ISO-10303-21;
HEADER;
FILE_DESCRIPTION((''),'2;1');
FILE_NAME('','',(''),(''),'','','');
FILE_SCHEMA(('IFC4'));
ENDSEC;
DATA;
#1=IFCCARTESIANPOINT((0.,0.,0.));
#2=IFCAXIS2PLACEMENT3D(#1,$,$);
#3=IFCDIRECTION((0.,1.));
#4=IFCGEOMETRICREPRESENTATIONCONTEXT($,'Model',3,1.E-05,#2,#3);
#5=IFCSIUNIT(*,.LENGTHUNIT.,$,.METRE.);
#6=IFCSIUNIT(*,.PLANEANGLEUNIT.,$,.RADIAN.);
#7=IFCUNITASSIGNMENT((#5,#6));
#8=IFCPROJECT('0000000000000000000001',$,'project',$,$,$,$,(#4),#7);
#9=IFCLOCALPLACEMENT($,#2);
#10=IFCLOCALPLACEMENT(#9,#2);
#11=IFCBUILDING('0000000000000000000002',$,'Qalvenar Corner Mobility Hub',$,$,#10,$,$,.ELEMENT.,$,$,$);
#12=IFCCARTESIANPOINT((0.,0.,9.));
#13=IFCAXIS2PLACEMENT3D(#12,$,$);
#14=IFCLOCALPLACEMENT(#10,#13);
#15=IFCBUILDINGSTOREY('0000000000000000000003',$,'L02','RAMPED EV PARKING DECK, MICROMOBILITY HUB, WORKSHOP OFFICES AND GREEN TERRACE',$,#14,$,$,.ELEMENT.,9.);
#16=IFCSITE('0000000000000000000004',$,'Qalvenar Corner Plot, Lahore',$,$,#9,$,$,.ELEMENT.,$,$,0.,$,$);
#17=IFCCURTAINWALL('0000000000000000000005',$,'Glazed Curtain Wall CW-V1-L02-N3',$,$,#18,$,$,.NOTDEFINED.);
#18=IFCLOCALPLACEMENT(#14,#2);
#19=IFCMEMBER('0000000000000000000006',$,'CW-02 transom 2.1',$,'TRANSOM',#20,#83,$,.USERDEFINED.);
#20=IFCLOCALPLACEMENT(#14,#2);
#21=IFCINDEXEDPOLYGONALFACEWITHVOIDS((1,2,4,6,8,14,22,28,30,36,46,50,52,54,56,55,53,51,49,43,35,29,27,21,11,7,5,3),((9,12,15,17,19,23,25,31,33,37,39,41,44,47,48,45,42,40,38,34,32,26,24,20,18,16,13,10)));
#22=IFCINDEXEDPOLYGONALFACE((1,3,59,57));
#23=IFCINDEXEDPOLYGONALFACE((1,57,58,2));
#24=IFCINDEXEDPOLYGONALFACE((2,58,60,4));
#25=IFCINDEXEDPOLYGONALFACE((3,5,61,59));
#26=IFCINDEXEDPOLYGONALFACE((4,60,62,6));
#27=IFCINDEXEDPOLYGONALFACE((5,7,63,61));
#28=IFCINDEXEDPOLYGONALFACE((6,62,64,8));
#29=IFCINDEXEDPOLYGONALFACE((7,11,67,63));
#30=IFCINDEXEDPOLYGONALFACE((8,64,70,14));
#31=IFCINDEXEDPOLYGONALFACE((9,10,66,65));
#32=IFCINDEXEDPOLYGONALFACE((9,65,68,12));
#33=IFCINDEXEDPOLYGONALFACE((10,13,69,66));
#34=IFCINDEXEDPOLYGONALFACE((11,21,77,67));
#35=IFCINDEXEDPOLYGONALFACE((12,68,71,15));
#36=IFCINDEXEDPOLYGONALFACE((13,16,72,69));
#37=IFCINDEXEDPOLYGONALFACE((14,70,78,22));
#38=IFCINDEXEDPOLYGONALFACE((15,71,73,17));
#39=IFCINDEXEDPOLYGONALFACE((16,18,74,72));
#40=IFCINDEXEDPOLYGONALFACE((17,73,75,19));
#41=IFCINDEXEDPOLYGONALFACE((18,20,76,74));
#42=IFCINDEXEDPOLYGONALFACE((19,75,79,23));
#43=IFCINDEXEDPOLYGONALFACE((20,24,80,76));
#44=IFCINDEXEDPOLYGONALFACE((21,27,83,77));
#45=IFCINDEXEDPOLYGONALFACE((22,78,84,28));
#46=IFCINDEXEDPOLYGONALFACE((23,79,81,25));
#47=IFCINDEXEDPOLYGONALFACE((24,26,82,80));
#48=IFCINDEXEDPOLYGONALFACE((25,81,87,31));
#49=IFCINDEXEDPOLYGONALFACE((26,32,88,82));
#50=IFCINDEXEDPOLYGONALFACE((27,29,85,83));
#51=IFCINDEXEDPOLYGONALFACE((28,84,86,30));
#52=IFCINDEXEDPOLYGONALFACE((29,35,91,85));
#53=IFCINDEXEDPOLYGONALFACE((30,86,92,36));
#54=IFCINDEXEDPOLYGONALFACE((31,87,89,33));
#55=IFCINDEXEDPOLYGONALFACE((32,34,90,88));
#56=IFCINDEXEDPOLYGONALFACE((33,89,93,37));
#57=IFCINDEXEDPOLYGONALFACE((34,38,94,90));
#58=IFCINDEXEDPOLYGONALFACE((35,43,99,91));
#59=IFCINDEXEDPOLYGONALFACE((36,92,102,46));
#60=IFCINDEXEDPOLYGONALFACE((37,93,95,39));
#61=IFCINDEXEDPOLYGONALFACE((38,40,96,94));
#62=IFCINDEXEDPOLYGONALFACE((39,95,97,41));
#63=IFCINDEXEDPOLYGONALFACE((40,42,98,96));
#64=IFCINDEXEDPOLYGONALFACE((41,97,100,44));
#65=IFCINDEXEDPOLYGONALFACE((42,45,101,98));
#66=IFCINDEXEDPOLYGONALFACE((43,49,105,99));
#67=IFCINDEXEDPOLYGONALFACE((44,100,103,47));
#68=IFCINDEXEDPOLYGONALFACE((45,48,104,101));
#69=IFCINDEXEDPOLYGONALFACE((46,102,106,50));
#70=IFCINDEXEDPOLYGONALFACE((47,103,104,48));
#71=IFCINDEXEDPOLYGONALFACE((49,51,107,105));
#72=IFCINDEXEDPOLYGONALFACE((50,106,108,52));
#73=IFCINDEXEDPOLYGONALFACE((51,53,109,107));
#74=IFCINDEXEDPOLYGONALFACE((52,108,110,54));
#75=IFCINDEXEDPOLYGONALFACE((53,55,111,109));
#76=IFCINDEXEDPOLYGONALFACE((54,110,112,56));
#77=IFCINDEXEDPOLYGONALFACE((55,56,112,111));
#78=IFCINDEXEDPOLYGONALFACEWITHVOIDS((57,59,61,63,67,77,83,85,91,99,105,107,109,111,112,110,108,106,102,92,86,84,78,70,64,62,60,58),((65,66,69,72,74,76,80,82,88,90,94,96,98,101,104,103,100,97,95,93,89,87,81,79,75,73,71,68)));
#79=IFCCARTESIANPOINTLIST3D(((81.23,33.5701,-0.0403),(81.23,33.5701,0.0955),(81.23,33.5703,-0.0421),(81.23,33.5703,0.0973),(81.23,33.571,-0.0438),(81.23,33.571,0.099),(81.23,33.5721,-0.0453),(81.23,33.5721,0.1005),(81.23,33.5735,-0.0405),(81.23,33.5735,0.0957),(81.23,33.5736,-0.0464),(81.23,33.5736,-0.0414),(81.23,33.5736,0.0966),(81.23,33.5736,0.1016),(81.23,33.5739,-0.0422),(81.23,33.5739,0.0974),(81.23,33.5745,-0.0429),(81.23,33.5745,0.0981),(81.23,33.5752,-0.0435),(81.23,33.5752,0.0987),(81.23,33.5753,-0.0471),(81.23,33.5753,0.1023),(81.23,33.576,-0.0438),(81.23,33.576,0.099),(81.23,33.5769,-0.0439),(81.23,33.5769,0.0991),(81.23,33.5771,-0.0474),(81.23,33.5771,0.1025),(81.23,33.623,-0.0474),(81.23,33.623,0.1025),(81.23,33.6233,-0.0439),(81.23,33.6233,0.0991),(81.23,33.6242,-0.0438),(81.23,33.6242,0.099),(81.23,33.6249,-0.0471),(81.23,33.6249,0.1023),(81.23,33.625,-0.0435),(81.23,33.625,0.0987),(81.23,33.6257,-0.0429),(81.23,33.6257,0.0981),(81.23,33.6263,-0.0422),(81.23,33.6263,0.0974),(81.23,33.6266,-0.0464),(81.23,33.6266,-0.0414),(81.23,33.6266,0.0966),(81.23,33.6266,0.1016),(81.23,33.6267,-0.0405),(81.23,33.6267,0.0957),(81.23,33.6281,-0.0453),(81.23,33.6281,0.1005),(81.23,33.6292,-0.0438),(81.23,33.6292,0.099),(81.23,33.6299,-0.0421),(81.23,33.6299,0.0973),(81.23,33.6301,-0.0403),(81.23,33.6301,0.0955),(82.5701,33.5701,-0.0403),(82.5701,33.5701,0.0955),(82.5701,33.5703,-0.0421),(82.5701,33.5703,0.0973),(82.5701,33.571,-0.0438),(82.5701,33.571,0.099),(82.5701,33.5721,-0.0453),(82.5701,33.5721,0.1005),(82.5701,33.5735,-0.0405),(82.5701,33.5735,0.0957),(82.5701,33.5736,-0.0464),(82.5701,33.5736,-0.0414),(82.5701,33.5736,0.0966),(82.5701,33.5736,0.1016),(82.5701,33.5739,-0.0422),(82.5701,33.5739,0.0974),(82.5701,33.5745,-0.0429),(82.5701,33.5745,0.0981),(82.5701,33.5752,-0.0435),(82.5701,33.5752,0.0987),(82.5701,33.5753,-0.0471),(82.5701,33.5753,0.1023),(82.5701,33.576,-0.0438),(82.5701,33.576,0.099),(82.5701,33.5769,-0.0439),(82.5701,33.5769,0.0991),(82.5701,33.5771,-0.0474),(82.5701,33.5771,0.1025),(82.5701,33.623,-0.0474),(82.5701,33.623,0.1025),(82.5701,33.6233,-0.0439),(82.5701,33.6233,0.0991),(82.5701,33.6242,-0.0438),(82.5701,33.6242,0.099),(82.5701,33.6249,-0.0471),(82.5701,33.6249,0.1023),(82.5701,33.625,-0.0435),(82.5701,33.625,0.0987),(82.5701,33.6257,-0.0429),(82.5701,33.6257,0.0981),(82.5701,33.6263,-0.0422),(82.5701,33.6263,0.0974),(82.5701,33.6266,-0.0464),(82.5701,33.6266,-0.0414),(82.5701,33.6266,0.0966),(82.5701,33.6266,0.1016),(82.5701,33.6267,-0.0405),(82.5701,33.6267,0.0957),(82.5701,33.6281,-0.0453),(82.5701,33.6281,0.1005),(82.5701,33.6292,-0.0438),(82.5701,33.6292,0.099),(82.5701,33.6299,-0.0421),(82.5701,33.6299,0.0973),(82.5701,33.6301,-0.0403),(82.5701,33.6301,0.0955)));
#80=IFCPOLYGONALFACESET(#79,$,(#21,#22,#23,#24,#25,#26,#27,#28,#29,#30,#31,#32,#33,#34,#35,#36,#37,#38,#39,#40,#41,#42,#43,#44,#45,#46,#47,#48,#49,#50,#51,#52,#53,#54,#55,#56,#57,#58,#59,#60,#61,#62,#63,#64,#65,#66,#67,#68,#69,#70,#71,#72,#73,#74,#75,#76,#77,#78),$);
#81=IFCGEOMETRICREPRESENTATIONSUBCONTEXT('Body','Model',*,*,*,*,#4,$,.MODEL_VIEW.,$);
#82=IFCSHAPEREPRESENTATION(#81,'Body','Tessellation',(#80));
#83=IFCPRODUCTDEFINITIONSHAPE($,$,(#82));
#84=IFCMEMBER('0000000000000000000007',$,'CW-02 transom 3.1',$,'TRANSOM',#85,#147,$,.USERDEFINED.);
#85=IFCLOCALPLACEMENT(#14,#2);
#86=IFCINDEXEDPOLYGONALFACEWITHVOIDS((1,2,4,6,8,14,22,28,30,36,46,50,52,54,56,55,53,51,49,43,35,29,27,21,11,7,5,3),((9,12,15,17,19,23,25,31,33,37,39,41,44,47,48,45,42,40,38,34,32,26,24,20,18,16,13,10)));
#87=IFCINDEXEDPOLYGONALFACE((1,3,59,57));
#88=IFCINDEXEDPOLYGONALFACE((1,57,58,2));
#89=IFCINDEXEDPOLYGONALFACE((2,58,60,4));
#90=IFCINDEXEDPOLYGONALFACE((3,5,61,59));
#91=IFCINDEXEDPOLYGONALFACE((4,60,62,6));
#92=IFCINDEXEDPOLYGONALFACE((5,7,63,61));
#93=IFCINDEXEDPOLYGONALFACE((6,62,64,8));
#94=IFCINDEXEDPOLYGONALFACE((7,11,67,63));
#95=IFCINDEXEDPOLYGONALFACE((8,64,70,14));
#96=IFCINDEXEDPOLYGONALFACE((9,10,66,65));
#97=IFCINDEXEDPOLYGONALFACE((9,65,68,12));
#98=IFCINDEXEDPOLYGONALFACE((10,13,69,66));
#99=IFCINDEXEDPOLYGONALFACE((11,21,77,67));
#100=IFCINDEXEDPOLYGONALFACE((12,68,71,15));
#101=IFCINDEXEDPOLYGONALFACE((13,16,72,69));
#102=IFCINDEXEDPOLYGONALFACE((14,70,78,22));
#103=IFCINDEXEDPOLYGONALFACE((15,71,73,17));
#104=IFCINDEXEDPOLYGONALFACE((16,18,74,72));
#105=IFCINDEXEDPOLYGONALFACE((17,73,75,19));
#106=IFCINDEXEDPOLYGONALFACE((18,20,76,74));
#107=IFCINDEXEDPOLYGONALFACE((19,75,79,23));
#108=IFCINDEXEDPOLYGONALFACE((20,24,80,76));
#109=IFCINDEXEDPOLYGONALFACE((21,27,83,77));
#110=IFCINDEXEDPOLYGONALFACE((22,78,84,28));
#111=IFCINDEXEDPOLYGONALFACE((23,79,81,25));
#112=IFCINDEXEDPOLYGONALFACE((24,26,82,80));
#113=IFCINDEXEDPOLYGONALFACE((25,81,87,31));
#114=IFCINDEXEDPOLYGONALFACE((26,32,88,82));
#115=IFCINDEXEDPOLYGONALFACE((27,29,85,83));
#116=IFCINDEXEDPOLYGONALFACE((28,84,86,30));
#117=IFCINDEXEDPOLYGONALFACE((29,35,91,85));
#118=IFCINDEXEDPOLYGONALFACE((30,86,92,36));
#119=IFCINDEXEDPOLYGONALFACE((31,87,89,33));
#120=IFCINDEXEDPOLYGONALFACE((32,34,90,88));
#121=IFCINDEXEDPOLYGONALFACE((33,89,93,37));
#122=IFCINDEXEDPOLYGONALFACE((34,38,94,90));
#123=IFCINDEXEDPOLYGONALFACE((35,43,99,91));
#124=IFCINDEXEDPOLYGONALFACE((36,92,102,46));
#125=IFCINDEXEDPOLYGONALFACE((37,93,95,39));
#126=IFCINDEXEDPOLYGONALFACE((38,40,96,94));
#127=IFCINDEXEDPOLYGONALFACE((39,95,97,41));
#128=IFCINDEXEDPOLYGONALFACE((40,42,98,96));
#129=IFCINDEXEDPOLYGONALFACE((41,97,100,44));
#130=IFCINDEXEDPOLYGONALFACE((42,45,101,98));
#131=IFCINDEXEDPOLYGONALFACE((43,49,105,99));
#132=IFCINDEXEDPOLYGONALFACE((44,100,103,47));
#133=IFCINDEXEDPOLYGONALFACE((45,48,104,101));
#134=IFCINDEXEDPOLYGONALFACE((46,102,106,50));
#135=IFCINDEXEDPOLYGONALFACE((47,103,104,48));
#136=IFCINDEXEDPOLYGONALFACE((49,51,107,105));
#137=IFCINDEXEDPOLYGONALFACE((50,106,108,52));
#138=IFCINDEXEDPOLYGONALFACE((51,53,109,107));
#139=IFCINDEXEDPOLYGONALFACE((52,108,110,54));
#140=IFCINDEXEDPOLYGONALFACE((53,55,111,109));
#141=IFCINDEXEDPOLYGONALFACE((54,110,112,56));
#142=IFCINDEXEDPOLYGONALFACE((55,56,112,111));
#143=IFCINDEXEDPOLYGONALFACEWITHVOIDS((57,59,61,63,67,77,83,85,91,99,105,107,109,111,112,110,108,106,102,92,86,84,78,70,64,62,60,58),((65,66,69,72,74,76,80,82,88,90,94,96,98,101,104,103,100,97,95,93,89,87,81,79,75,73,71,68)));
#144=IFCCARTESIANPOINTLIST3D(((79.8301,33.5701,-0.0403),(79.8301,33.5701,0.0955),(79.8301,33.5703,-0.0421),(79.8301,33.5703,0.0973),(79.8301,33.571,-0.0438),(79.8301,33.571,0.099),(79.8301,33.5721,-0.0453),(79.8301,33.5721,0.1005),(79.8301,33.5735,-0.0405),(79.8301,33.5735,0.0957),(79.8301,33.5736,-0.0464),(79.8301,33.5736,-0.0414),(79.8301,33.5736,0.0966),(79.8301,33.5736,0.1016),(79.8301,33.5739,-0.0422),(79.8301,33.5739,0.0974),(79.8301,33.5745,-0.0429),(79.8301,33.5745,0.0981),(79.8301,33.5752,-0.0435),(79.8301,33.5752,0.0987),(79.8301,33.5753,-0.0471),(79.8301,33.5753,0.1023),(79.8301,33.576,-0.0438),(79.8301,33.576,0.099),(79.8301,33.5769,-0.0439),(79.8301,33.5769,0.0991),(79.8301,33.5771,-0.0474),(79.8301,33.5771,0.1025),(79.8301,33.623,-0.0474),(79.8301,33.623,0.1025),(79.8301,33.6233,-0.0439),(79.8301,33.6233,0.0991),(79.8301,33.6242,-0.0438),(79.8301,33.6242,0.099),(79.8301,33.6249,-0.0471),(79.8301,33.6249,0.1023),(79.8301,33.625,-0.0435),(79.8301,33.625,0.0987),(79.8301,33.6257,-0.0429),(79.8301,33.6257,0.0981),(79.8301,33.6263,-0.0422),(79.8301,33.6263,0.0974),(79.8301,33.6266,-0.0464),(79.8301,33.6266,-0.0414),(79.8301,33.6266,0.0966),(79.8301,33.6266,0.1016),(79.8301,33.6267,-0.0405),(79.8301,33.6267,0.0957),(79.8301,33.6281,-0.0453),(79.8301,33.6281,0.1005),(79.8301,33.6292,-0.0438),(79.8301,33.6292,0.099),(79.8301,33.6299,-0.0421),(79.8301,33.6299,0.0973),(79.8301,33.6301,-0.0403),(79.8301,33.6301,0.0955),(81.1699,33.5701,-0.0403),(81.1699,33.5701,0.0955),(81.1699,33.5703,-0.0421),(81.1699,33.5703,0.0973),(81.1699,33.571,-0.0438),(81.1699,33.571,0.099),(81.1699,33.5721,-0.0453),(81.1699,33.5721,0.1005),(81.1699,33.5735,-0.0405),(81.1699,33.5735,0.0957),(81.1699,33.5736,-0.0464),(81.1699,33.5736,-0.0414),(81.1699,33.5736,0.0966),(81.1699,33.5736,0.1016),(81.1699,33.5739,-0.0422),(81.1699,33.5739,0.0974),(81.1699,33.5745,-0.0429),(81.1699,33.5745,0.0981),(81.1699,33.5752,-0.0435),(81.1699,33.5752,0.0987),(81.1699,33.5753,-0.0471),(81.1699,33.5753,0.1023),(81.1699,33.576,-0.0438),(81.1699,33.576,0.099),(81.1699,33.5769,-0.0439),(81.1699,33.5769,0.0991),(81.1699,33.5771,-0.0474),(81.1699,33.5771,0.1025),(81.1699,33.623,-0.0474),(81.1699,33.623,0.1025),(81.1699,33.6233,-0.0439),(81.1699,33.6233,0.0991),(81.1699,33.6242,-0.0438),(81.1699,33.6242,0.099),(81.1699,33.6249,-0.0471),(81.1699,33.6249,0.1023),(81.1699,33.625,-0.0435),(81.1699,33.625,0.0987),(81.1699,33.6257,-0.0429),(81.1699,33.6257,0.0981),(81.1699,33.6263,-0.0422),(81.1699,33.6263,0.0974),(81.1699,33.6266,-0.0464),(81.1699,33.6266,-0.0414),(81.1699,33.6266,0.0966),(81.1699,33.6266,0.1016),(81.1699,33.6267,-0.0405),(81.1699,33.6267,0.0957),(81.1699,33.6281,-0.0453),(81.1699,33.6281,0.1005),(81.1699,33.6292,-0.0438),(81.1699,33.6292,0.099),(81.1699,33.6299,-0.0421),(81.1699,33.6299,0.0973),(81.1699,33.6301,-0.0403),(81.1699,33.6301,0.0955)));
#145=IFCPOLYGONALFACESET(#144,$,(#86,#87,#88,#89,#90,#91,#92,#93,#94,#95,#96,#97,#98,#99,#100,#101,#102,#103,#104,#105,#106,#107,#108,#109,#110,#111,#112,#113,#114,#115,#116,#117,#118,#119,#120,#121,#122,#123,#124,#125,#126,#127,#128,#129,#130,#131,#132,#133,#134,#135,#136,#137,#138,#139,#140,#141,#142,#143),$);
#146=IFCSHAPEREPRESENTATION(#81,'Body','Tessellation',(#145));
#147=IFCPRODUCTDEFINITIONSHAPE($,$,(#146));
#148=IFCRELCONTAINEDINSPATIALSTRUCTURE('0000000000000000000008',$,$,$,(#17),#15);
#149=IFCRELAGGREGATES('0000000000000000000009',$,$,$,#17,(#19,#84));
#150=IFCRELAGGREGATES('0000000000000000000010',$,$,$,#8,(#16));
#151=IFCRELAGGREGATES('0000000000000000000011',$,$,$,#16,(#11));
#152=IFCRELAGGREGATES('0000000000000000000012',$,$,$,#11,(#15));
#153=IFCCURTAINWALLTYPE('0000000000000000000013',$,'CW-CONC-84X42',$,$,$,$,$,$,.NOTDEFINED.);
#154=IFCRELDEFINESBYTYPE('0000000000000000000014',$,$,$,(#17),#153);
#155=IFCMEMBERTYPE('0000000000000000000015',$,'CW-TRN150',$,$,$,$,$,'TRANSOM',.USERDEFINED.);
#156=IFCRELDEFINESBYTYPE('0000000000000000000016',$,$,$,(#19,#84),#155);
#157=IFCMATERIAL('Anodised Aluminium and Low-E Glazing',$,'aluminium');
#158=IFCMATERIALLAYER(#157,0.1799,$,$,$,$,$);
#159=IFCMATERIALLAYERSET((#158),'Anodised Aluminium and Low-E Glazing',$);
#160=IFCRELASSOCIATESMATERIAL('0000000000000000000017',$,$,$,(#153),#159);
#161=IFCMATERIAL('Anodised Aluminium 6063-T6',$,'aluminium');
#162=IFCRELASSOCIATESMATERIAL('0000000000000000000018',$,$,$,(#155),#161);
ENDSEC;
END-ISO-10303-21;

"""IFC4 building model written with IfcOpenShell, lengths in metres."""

from ifc_helpers import new_model, si_unit, direction, frame, origin, origin_2d, place, context, subcontext, project, spatial, hollow_rectangle, extrude, material, layer, layer_set, material_profile, profile_set, type_object, element, aggregate, save


model = new_model("IFC4")

# Units and contexts
model_context = context("Model", 3, precision=1e-05, world=origin(), true_north=direction((0.0, 1.0)))
body_context = subcontext(model_context, "Body", "Model", "MODEL_VIEW")
ifc_project = project(units=[si_unit("LENGTHUNIT", "METRE"), si_unit("PLANEANGLEUNIT", "RADIAN")], contexts=[model_context])

# Site, building, storey
site_placement = place(None, origin())
site = spatial("IfcSite", under=ifc_project, at=site_placement, Name="Qalvenar Corner Plot, Lahore", CompositionType="ELEMENT", RefElevation=0.0)
building_placement = place(site_placement, origin())
building = spatial("IfcBuilding", under=site, at=building_placement, Name="Qalvenar Corner Mobility Hub", CompositionType="ELEMENT")
storey_placement = place(building_placement, frame((0.0, 0.0, 9.0)))
storey = spatial("IfcBuildingStorey", under=building, at=storey_placement, Name="L02", Description="RAMPED EV PARKING DECK, MICROMOBILITY HUB, WORKSHOP OFFICES AND GREEN TERRACE", CompositionType="ELEMENT", Elevation=9.0)

# Curtain wall, members
ifc_material_1 = material(Name="Anodised Aluminium and Low-E Glazing", Category="aluminium")
ifc_layer_1 = layer(ifc_material_1, 0.1799)
ifc_layer_set_1 = layer_set([ifc_layer_1], Name="Anodised Aluminium and Low-E Glazing")
curtain_wall_type = type_object("IfcCurtainWallType", Name="CW-CONC-84X42", PredefinedType="NOTDEFINED", material=ifc_layer_set_1)
curtain_wall_placement = place(storey_placement, origin())
curtain_wall = element("IfcCurtainWall", 1, at=curtain_wall_placement, inside=storey, type_object=curtain_wall_type, Name="Glazed Curtain Wall CW-V1-L02-N3", PredefinedType="NOTDEFINED")
ifc_material_2 = material(Name="Anodised Aluminium 6063-T6", Category="aluminium")
ifc_material_profile_1 = material_profile(ifc_material_2, hollow_rectangle(XDim=0.0601, YDim=0.1499, WallThickness=0.0034, InnerFilletRadius=0.0034, OuterFilletRadius=0.0071, at=origin_2d()), Name="RHS150x60x3.5")
ifc_profile_set_1 = profile_set([ifc_material_profile_1], Name="Anodised Aluminium 6063-T6")
member_type_1 = type_object("IfcMemberType", Name="CW-TRN150", ElementType="TRANSOM", PredefinedType="USERDEFINED", material=ifc_profile_set_1)
member_1_placement = place(storey_placement, frame((82.5701, 33.6001, 0.0276), z_axis=(-1.0, 0.0, 0.0), x_axis=(0.0, -1.0, 0.0)))
member_1 = element("IfcMember", 2, at=member_1_placement, type_object=member_type_1, Name="CW-02 transom 2.1", ObjectType="TRANSOM", PredefinedType="USERDEFINED", context=body_context, shape_type="SweptSolid", body=[
    extrude(hollow_rectangle(XDim=0.0601, YDim=0.1499, WallThickness=0.0034, InnerFilletRadius=0.0034, OuterFilletRadius=0.0071, at=origin_2d()), origin(), (0.0, 0.0, 1.0), 1.3401),
])
member_2_placement = place(storey_placement, frame((81.1699, 33.6001, 0.0276), z_axis=(-1.0, 0.0, 0.0), x_axis=(0.0, -1.0, 0.0)))
member_2 = element("IfcMember", 3, at=member_2_placement, type_object=member_type_1, Name="CW-02 transom 3.1", ObjectType="TRANSOM", PredefinedType="USERDEFINED", context=body_context, shape_type="SweptSolid", body=[
    extrude(hollow_rectangle(XDim=0.0601, YDim=0.1499, WallThickness=0.0034, InnerFilletRadius=0.0034, OuterFilletRadius=0.0071, at=origin_2d()), origin(), (0.0, 0.0, 1.0), 1.3398),
])
aggregate(curtain_wall, [member_1, member_2])

save(model, "model.ifc")
